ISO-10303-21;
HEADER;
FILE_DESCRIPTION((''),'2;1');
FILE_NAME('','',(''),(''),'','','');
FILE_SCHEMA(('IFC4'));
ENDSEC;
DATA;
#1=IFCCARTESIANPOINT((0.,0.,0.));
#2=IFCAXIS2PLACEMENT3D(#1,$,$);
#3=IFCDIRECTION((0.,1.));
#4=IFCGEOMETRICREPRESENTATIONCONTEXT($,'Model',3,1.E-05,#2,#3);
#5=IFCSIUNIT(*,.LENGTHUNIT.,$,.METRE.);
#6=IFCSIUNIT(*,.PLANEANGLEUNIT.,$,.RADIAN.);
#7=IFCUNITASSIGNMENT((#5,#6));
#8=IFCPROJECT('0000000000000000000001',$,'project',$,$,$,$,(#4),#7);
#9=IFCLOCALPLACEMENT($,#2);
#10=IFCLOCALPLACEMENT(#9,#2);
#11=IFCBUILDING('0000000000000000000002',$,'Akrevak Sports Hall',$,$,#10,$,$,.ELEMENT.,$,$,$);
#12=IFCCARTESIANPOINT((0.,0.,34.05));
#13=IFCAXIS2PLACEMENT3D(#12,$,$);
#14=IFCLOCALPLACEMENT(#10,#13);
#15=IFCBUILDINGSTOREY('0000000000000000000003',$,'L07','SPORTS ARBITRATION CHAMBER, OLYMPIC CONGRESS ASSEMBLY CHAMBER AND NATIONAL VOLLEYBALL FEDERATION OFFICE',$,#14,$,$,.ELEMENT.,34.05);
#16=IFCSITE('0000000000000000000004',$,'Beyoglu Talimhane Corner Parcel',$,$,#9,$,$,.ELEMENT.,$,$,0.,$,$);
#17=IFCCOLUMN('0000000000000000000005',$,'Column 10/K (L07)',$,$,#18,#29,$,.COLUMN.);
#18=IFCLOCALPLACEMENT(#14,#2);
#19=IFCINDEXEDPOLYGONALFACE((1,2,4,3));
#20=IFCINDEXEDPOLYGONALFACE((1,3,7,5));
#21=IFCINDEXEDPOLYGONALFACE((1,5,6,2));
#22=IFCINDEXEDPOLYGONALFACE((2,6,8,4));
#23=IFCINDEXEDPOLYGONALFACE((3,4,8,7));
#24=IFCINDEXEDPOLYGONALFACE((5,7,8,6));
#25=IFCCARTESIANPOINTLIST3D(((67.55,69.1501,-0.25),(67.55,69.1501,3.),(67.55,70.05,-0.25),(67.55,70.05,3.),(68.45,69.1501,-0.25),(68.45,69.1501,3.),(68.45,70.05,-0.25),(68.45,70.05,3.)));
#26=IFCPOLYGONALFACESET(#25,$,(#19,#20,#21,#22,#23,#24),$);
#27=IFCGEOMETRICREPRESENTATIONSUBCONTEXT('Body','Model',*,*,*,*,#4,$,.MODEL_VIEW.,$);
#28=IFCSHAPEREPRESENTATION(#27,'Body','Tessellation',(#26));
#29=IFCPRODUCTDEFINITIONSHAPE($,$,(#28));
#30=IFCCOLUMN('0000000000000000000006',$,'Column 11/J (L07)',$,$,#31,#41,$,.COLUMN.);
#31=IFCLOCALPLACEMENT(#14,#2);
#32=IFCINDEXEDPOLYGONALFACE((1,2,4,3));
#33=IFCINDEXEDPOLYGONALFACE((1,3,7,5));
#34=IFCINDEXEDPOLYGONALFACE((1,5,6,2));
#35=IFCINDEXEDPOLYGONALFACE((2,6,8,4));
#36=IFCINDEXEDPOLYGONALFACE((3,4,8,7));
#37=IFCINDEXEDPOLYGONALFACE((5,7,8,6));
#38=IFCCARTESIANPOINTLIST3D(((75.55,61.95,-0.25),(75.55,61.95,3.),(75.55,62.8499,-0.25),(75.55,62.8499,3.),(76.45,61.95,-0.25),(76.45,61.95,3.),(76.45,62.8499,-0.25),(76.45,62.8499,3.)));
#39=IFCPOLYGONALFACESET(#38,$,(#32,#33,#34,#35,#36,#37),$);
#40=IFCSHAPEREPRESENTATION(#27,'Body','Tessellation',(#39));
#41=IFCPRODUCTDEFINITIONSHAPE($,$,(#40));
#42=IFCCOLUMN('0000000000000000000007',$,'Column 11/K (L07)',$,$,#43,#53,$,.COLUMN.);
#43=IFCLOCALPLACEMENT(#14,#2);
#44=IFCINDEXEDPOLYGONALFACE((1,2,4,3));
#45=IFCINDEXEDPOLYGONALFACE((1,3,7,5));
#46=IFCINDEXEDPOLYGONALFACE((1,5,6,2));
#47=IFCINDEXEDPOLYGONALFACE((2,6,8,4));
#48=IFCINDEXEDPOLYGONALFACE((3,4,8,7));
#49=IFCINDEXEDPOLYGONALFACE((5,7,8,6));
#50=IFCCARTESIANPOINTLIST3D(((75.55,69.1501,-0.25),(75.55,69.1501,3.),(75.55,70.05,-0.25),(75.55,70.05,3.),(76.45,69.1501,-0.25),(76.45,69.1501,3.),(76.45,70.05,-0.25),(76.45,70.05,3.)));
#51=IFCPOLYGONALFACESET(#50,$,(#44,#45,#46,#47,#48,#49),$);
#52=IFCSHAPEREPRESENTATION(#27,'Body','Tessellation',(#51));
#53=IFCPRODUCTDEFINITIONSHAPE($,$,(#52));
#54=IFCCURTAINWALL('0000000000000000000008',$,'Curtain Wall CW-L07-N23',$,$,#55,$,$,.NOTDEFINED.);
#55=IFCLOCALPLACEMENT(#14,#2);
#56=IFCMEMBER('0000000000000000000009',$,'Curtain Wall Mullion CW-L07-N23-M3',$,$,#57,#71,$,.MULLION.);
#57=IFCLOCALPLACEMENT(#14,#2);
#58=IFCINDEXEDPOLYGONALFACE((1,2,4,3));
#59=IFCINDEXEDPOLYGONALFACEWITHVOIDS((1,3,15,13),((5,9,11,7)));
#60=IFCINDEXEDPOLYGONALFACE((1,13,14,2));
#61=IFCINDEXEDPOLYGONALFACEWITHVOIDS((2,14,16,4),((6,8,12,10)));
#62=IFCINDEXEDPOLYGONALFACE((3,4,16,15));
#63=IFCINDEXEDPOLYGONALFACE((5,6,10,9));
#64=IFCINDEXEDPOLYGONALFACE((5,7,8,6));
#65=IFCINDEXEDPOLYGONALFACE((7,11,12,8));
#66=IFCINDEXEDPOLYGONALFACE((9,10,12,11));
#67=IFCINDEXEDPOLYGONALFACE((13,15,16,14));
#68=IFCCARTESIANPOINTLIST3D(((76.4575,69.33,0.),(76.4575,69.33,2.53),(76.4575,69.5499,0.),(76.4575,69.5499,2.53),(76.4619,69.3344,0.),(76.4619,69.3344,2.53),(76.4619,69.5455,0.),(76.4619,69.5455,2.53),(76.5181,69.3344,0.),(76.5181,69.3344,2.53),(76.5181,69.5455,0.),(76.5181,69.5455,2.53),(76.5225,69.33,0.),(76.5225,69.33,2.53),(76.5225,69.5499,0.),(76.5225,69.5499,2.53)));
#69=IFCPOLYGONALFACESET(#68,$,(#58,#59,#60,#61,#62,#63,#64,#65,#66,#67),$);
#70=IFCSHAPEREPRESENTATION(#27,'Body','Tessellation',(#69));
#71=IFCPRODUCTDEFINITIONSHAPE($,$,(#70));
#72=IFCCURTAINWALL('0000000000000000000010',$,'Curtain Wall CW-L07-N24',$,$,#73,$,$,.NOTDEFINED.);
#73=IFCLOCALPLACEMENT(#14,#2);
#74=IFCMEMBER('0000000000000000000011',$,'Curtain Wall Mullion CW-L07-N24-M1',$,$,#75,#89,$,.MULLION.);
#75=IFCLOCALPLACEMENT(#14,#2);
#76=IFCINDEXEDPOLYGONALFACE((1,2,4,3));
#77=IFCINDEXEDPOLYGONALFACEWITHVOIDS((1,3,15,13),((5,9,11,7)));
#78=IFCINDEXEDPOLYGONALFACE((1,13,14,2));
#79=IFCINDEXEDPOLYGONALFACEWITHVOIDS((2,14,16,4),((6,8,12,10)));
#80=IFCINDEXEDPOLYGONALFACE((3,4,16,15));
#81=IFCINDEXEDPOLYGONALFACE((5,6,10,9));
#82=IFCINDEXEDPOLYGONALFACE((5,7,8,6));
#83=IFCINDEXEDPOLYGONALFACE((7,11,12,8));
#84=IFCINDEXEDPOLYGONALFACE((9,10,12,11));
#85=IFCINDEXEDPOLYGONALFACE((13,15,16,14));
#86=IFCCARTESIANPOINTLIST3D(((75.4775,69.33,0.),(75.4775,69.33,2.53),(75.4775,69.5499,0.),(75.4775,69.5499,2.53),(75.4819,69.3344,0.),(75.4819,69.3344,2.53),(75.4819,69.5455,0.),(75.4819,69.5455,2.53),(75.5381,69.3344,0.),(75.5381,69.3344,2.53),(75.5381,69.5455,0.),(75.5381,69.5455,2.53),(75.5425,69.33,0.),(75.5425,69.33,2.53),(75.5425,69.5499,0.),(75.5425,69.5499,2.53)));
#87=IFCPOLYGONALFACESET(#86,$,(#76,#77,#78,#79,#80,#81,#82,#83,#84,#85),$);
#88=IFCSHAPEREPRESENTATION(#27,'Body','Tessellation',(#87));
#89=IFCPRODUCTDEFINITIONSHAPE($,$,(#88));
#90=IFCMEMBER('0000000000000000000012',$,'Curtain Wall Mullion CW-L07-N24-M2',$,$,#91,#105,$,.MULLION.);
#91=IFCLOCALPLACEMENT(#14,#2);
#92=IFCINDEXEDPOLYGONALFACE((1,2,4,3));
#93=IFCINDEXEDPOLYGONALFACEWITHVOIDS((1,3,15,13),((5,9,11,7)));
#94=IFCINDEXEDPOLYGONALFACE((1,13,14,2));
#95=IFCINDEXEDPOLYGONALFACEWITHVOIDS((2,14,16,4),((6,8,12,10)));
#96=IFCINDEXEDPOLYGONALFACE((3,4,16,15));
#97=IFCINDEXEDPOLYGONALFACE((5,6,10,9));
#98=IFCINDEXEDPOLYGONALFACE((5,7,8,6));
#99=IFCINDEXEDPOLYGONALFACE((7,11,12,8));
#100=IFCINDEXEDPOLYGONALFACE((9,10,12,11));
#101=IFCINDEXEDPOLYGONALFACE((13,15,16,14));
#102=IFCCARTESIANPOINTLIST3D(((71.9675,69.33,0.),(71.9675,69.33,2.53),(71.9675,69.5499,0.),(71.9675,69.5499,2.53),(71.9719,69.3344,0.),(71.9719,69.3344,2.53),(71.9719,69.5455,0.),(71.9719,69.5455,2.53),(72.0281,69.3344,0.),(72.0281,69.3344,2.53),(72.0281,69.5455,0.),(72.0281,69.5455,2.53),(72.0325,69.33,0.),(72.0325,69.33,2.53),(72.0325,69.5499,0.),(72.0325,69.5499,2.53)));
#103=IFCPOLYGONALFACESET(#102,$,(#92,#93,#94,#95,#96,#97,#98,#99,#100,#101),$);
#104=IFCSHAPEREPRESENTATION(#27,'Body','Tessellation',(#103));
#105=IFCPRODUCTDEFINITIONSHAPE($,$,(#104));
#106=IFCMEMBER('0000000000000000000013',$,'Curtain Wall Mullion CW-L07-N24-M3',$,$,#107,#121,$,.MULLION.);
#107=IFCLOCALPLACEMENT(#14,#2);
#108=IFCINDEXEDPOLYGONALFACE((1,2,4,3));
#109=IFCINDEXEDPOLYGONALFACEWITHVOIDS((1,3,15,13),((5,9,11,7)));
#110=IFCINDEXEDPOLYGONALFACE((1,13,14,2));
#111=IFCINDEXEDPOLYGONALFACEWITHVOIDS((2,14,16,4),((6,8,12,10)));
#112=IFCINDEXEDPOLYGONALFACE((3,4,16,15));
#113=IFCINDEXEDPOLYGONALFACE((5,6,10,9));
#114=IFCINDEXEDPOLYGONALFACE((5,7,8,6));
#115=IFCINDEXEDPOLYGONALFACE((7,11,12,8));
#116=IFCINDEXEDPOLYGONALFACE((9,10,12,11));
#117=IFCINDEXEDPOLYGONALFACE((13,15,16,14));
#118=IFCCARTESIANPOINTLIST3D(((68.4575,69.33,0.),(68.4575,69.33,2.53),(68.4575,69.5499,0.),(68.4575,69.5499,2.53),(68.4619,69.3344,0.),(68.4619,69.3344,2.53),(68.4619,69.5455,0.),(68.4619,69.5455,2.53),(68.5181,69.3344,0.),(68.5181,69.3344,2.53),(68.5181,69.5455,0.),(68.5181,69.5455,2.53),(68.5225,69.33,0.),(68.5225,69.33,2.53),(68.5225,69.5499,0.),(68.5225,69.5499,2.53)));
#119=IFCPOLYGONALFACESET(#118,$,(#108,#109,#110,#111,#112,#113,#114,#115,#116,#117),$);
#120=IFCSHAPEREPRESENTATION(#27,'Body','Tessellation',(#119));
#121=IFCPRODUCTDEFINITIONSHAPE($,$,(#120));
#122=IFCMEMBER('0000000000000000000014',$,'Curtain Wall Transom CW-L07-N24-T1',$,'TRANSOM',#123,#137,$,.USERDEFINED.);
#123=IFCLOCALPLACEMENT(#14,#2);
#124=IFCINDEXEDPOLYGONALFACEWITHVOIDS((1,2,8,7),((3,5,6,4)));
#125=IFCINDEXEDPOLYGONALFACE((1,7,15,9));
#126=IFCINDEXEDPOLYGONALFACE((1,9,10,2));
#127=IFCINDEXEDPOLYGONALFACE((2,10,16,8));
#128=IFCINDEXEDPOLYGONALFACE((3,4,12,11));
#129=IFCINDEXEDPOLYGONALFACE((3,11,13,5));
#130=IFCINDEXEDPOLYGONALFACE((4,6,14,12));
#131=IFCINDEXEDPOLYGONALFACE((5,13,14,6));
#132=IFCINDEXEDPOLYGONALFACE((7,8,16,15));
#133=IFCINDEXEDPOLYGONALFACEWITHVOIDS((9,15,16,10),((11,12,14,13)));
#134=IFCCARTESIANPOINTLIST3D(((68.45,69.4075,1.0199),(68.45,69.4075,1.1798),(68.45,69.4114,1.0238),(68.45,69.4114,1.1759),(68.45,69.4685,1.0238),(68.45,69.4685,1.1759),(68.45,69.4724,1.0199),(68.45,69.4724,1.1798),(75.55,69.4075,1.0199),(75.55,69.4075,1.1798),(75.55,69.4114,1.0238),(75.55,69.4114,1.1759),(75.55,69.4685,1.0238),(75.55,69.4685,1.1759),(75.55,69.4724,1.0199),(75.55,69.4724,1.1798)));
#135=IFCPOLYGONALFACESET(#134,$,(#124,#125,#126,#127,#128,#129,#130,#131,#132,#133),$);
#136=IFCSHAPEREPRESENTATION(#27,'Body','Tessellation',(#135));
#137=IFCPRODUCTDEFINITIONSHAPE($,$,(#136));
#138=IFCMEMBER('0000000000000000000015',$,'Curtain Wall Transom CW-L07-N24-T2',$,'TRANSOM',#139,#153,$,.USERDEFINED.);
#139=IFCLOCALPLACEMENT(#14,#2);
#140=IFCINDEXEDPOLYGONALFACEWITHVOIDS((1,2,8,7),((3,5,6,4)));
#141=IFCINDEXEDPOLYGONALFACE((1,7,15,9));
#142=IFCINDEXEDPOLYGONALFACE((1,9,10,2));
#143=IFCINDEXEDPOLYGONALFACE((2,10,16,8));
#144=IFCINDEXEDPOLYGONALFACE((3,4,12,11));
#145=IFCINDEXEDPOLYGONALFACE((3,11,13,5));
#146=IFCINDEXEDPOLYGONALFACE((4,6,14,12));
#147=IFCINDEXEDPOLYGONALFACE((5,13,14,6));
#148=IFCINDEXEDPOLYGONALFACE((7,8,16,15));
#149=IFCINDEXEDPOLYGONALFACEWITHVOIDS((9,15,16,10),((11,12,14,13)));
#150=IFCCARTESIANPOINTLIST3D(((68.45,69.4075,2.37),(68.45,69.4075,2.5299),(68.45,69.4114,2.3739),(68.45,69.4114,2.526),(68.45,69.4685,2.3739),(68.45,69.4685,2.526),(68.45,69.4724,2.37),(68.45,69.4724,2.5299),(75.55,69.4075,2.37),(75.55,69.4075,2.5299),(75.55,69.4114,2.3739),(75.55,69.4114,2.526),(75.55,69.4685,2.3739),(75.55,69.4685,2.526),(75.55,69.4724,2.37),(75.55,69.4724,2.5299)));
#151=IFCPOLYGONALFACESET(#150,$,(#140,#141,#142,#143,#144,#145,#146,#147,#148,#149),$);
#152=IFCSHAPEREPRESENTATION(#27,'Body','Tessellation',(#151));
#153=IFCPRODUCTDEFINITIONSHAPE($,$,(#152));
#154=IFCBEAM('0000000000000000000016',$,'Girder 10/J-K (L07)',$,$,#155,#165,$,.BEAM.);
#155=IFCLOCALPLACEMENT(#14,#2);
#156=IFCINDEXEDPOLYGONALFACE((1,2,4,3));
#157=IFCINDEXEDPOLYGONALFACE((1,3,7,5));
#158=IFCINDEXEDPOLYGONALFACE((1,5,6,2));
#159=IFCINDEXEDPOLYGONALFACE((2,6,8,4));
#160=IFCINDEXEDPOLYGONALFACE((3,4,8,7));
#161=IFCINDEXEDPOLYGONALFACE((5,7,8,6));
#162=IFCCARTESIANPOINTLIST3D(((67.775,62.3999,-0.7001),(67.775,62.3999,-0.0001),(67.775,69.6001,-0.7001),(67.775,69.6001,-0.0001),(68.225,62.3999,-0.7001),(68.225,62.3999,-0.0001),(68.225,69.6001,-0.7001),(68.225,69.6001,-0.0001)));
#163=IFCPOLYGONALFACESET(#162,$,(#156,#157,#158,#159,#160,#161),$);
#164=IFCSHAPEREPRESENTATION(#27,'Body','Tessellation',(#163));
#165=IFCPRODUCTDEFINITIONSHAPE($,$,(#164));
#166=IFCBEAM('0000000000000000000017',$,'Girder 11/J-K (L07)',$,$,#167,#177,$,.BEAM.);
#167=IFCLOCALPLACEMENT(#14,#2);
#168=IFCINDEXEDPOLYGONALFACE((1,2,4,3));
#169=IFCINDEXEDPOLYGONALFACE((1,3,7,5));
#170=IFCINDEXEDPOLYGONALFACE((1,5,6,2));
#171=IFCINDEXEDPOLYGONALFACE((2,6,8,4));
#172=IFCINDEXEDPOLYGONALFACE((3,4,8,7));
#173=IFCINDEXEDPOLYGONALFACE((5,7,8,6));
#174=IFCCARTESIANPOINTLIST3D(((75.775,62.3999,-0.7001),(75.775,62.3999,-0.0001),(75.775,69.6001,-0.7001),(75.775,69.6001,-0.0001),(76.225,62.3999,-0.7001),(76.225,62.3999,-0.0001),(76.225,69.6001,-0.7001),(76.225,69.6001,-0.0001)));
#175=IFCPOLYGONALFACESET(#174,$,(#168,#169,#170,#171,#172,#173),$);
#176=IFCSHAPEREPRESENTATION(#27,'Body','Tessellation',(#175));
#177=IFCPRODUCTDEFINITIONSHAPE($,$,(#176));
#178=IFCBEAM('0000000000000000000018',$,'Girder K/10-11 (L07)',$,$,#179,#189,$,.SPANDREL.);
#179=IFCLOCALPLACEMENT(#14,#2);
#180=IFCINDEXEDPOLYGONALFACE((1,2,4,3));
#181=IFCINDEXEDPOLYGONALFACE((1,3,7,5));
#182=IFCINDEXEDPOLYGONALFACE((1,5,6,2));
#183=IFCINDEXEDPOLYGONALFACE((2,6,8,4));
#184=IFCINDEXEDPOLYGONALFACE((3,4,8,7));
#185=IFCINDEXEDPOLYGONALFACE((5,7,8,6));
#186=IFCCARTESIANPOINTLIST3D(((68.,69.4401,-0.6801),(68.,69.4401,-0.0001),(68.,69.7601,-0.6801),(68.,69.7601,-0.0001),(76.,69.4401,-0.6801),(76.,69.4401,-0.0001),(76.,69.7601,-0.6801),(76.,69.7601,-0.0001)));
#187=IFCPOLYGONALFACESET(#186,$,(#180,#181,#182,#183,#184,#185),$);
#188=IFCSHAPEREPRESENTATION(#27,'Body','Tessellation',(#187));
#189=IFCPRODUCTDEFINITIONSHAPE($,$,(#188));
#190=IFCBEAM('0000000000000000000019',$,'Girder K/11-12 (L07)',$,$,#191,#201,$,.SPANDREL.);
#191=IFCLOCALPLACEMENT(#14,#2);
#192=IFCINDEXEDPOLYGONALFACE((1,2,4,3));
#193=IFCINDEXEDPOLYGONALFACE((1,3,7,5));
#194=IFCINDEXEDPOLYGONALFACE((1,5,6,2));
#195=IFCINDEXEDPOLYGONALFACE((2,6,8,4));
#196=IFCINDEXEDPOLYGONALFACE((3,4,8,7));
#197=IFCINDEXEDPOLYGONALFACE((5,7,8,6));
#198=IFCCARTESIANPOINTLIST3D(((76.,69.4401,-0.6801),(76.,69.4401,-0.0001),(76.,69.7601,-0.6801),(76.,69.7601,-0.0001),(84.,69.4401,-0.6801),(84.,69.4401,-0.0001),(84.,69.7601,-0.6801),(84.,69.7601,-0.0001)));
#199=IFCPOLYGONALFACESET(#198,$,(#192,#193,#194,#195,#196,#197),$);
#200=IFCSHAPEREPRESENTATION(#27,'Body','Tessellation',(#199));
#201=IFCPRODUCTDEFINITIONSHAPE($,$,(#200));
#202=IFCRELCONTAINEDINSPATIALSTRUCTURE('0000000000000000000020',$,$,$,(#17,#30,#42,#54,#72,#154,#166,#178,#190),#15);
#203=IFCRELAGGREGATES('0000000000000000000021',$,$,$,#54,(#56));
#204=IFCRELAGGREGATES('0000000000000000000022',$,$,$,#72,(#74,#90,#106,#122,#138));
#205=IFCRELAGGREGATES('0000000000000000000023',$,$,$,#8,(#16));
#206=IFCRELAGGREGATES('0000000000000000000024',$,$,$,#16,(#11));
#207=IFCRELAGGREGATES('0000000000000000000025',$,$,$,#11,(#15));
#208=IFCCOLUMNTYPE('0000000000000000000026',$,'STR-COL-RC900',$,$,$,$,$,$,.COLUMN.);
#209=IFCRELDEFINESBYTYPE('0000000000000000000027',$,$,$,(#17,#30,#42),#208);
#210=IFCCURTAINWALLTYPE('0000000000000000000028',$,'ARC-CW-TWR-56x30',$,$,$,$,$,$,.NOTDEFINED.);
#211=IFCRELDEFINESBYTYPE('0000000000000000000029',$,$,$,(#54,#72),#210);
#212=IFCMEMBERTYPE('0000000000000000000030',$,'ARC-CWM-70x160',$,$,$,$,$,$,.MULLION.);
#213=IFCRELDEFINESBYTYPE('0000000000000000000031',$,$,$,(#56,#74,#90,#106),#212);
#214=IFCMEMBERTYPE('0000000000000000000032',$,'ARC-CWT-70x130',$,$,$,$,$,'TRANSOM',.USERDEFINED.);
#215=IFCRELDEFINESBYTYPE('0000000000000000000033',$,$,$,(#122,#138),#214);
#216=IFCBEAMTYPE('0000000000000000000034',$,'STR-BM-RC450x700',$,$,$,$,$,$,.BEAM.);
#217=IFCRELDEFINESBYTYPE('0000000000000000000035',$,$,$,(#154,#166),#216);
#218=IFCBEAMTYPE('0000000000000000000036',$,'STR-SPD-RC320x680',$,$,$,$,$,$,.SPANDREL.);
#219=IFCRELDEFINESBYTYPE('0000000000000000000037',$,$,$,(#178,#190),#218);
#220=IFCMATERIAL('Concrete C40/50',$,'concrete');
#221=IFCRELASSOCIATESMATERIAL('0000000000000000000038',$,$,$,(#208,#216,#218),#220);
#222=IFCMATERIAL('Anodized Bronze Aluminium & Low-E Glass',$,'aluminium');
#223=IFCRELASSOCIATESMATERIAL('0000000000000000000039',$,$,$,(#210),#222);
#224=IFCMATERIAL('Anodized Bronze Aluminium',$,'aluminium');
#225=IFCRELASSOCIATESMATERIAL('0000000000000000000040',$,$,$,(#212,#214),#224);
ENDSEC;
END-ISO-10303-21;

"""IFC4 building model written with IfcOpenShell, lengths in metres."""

from ifc_helpers import new_model, si_unit, direction, frame, origin, origin_2d, place, context, subcontext, project, spatial, rectangle, hollow_rectangle, extrude, material, material_profile, profile_set, type_object, element, aggregate, save


model = new_model("IFC4")

# Units and contexts
model_context = context("Model", 3, precision=1e-05, world=origin(), true_north=direction((0.0, 1.0)))
body_context = subcontext(model_context, "Body", "Model", "MODEL_VIEW")
ifc_project = project(units=[si_unit("LENGTHUNIT", "METRE"), si_unit("PLANEANGLEUNIT", "RADIAN")], contexts=[model_context])

# Site, building, storey
site_placement = place(None, origin())
site = spatial("IfcSite", under=ifc_project, at=site_placement, Name="Beyoglu Talimhane Corner Parcel", CompositionType="ELEMENT", RefElevation=0.0)
building_placement = place(site_placement, origin())
building = spatial("IfcBuilding", under=site, at=building_placement, Name="Akrevak Sports Hall", CompositionType="ELEMENT")
storey_placement = place(building_placement, frame((0.0, 0.0, 34.05)))
storey = spatial("IfcBuildingStorey", under=building, at=storey_placement, Name="L07", Description="SPORTS ARBITRATION CHAMBER, OLYMPIC CONGRESS ASSEMBLY CHAMBER AND NATIONAL VOLLEYBALL FEDERATION OFFICE", CompositionType="ELEMENT", Elevation=34.05)

# Columns
ifc_material_1 = material(Name="Concrete C40/50", Category="concrete")
ifc_material_profile_1 = material_profile(ifc_material_1, rectangle(XDim=0.8999, YDim=0.8999, at=origin_2d()), Name="RC 900x900", Category="concrete")
ifc_profile_set_1 = profile_set([ifc_material_profile_1], Name="Concrete C40/50")
column_type = type_object("IfcColumnType", Name="STR-COL-RC900", PredefinedType="COLUMN", material=ifc_profile_set_1)
for number, where, z_axis, x_axis, name in (
    (1, (68.0, 69.6001, -0.25), (0.0, 0.0, 1.0), (1.0, 0.0, 0.0), "Column 10/K (L07)"),
    (2, (76.0, 62.3999, -0.25), (0.0, 0.0, 1.0), (1.0, 0.0, 0.0), "Column 11/J (L07)"),
    (3, (76.0, 69.6001, -0.25), (0.0, 0.0, 1.0), (1.0, 0.0, 0.0), "Column 11/K (L07)"),
):
    element("IfcColumn", number, at=place(storey_placement, frame(where, z_axis=z_axis, x_axis=x_axis)), inside=storey, type_object=column_type, Name=name, PredefinedType="COLUMN", context=body_context, shape_type="SweptSolid", body=[
        extrude(rectangle(XDim=0.8999, YDim=0.8999, at=origin_2d()), origin(), (0.0, 0.0, 1.0), 3.25),
    ])

# Curtain wall, member
ifc_material_2 = material(Name="Anodized Bronze Aluminium & Low-E Glass", Category="aluminium")
curtain_wall_type = type_object("IfcCurtainWallType", Name="ARC-CW-TWR-56x30", PredefinedType="NOTDEFINED", material=ifc_material_2)
curtain_wall_1_placement = place(storey_placement, origin())
curtain_wall_1 = element("IfcCurtainWall", 4, at=curtain_wall_1_placement, inside=storey, type_object=curtain_wall_type, Name="Curtain Wall CW-L07-N23", PredefinedType="NOTDEFINED")
ifc_material_3 = material(Name="Anodized Bronze Aluminium", Category="aluminium")
ifc_material_profile_2 = material_profile(ifc_material_3, hollow_rectangle(XDim=0.0649, YDim=0.22, WallThickness=0.0044, at=origin_2d()), Name="CWM 65x220", Category="aluminium")
ifc_profile_set_2 = profile_set([ifc_material_profile_2], Name="Anodized Bronze Aluminium")
member_type_1 = type_object("IfcMemberType", Name="ARC-CWM-70x160", PredefinedType="MULLION", material=ifc_profile_set_2)
member_1_placement = place(storey_placement, frame((76.49, 69.4399, 0.0), z_axis=(0.0, 0.0, 1.0), x_axis=(-1.0, 0.0, 0.0)))
member_1 = element("IfcMember", 5, at=member_1_placement, type_object=member_type_1, Name="Curtain Wall Mullion CW-L07-N23-M3", PredefinedType="MULLION", context=body_context, shape_type="SweptSolid", body=[
    extrude(hollow_rectangle(XDim=0.0649, YDim=0.22, WallThickness=0.0044, at=origin_2d()), origin(), (0.0, 0.0, 1.0), 2.53),
])
aggregate(curtain_wall_1, [member_1])

# Curtain wall, members
curtain_wall_2_placement = place(storey_placement, origin())
curtain_wall_2 = element("IfcCurtainWall", 6, at=curtain_wall_2_placement, inside=storey, type_object=curtain_wall_type, Name="Curtain Wall CW-L07-N24", PredefinedType="NOTDEFINED")
member_2_placement = place(storey_placement, frame((75.51, 69.4399, 0.0), z_axis=(0.0, 0.0, 1.0), x_axis=(-1.0, 0.0, 0.0)))
member_2 = element("IfcMember", 7, at=member_2_placement, type_object=member_type_1, Name="Curtain Wall Mullion CW-L07-N24-M1", PredefinedType="MULLION", context=body_context, shape_type="SweptSolid", body=[
    extrude(hollow_rectangle(XDim=0.0649, YDim=0.22, WallThickness=0.0044, at=origin_2d()), origin(), (0.0, 0.0, 1.0), 2.53),
])
member_3_placement = place(storey_placement, frame((72.0, 69.4399, 0.0), z_axis=(0.0, 0.0, 1.0), x_axis=(-1.0, 0.0, 0.0)))
member_3 = element("IfcMember", 8, at=member_3_placement, type_object=member_type_1, Name="Curtain Wall Mullion CW-L07-N24-M2", PredefinedType="MULLION", context=body_context, shape_type="SweptSolid", body=[
    extrude(hollow_rectangle(XDim=0.0649, YDim=0.22, WallThickness=0.0044, at=origin_2d()), origin(), (0.0, 0.0, 1.0), 2.53),
])
member_4_placement = place(storey_placement, frame((68.49, 69.4399, 0.0), z_axis=(0.0, 0.0, 1.0), x_axis=(-1.0, 0.0, 0.0)))
member_4 = element("IfcMember", 9, at=member_4_placement, type_object=member_type_1, Name="Curtain Wall Mullion CW-L07-N24-M3", PredefinedType="MULLION", context=body_context, shape_type="SweptSolid", body=[
    extrude(hollow_rectangle(XDim=0.0649, YDim=0.22, WallThickness=0.0044, at=origin_2d()), origin(), (0.0, 0.0, 1.0), 2.53),
])
ifc_material_profile_3 = material_profile(ifc_material_3, hollow_rectangle(XDim=0.0649, YDim=0.1599, WallThickness=0.0039, at=origin_2d()), Name="CWT 65x160", Category="aluminium")
ifc_profile_set_3 = profile_set([ifc_material_profile_3], Name="Anodized Bronze Aluminium")
member_type_2 = type_object("IfcMemberType", Name="ARC-CWT-70x130", ElementType="TRANSOM", PredefinedType="USERDEFINED", material=ifc_profile_set_3)
member_5_placement = place(storey_placement, frame((75.55, 69.4399, 1.0999), z_axis=(-1.0, 0.0, 0.0), x_axis=(0.0, -1.0, 0.0)))
member_5 = element("IfcMember", 10, at=member_5_placement, type_object=member_type_2, Name="Curtain Wall Transom CW-L07-N24-T1", ObjectType="TRANSOM", PredefinedType="USERDEFINED", context=body_context, shape_type="SweptSolid", body=[
    extrude(hollow_rectangle(XDim=0.0649, YDim=0.1599, WallThickness=0.0039, at=origin_2d()), origin(), (0.0, 0.0, 1.0), 7.1001),
])
member_6_placement = place(storey_placement, frame((75.55, 69.4399, 2.45), z_axis=(-1.0, 0.0, 0.0), x_axis=(0.0, -1.0, 0.0)))
member_6 = element("IfcMember", 11, at=member_6_placement, type_object=member_type_2, Name="Curtain Wall Transom CW-L07-N24-T2", ObjectType="TRANSOM", PredefinedType="USERDEFINED", context=body_context, shape_type="SweptSolid", body=[
    extrude(hollow_rectangle(XDim=0.0649, YDim=0.1599, WallThickness=0.0039, at=origin_2d()), origin(), (0.0, 0.0, 1.0), 7.1001),
])

# Beams
ifc_material_profile_4 = material_profile(ifc_material_1, rectangle(XDim=0.45, YDim=0.7, at=origin_2d()), Name="BM 450x700", Category="concrete")
ifc_profile_set_4 = profile_set([ifc_material_profile_4], Name="Concrete C40/50")
beam_type_1 = type_object("IfcBeamType", Name="STR-BM-RC450x700", PredefinedType="BEAM", material=ifc_profile_set_4)
for number, where, z_axis, x_axis, name in (
    (12, (68.0, 62.3999, -0.3501), (0.0, 1.0, 0.0), (-1.0, 0.0, 0.0), "Girder 10/J-K (L07)"),
    (13, (76.0, 62.3999, -0.3501), (0.0, 1.0, 0.0), (-1.0, 0.0, 0.0), "Girder 11/J-K (L07)"),
):
    element("IfcBeam", number, at=place(storey_placement, frame(where, z_axis=z_axis, x_axis=x_axis)), inside=storey, type_object=beam_type_1, Name=name, PredefinedType="BEAM", context=body_context, shape_type="SweptSolid", body=[
        extrude(rectangle(XDim=0.45, YDim=0.7, at=origin_2d()), origin(), (0.0, 0.0, 1.0), 7.2002),
    ])
ifc_material_profile_5 = material_profile(ifc_material_1, rectangle(XDim=0.3201, YDim=0.6799, at=origin_2d()), Name="SPD 320x680", Category="concrete")
ifc_profile_set_5 = profile_set([ifc_material_profile_5], Name="Concrete C40/50")
beam_type_2 = type_object("IfcBeamType", Name="STR-SPD-RC320x680", PredefinedType="SPANDREL", material=ifc_profile_set_5)
for number, where, z_axis, x_axis, name in (
    (14, (68.0, 69.6001, -0.3401), (1.0, 0.0, 0.0), (0.0, 1.0, 0.0), "Girder K/10-11 (L07)"),
    (15, (76.0, 69.6001, -0.3401), (1.0, 0.0, 0.0), (0.0, 1.0, 0.0), "Girder K/11-12 (L07)"),
):
    element("IfcBeam", number, at=place(storey_placement, frame(where, z_axis=z_axis, x_axis=x_axis)), inside=storey, type_object=beam_type_2, Name=name, PredefinedType="SPANDREL", context=body_context, shape_type="SweptSolid", body=[
        extrude(rectangle(XDim=0.3201, YDim=0.6799, at=origin_2d()), origin(), (0.0, 0.0, 1.0), 8.0),
    ])

aggregate(curtain_wall_2, [member_2, member_3, member_4, member_5, member_6])

save(model, "model.ifc")
